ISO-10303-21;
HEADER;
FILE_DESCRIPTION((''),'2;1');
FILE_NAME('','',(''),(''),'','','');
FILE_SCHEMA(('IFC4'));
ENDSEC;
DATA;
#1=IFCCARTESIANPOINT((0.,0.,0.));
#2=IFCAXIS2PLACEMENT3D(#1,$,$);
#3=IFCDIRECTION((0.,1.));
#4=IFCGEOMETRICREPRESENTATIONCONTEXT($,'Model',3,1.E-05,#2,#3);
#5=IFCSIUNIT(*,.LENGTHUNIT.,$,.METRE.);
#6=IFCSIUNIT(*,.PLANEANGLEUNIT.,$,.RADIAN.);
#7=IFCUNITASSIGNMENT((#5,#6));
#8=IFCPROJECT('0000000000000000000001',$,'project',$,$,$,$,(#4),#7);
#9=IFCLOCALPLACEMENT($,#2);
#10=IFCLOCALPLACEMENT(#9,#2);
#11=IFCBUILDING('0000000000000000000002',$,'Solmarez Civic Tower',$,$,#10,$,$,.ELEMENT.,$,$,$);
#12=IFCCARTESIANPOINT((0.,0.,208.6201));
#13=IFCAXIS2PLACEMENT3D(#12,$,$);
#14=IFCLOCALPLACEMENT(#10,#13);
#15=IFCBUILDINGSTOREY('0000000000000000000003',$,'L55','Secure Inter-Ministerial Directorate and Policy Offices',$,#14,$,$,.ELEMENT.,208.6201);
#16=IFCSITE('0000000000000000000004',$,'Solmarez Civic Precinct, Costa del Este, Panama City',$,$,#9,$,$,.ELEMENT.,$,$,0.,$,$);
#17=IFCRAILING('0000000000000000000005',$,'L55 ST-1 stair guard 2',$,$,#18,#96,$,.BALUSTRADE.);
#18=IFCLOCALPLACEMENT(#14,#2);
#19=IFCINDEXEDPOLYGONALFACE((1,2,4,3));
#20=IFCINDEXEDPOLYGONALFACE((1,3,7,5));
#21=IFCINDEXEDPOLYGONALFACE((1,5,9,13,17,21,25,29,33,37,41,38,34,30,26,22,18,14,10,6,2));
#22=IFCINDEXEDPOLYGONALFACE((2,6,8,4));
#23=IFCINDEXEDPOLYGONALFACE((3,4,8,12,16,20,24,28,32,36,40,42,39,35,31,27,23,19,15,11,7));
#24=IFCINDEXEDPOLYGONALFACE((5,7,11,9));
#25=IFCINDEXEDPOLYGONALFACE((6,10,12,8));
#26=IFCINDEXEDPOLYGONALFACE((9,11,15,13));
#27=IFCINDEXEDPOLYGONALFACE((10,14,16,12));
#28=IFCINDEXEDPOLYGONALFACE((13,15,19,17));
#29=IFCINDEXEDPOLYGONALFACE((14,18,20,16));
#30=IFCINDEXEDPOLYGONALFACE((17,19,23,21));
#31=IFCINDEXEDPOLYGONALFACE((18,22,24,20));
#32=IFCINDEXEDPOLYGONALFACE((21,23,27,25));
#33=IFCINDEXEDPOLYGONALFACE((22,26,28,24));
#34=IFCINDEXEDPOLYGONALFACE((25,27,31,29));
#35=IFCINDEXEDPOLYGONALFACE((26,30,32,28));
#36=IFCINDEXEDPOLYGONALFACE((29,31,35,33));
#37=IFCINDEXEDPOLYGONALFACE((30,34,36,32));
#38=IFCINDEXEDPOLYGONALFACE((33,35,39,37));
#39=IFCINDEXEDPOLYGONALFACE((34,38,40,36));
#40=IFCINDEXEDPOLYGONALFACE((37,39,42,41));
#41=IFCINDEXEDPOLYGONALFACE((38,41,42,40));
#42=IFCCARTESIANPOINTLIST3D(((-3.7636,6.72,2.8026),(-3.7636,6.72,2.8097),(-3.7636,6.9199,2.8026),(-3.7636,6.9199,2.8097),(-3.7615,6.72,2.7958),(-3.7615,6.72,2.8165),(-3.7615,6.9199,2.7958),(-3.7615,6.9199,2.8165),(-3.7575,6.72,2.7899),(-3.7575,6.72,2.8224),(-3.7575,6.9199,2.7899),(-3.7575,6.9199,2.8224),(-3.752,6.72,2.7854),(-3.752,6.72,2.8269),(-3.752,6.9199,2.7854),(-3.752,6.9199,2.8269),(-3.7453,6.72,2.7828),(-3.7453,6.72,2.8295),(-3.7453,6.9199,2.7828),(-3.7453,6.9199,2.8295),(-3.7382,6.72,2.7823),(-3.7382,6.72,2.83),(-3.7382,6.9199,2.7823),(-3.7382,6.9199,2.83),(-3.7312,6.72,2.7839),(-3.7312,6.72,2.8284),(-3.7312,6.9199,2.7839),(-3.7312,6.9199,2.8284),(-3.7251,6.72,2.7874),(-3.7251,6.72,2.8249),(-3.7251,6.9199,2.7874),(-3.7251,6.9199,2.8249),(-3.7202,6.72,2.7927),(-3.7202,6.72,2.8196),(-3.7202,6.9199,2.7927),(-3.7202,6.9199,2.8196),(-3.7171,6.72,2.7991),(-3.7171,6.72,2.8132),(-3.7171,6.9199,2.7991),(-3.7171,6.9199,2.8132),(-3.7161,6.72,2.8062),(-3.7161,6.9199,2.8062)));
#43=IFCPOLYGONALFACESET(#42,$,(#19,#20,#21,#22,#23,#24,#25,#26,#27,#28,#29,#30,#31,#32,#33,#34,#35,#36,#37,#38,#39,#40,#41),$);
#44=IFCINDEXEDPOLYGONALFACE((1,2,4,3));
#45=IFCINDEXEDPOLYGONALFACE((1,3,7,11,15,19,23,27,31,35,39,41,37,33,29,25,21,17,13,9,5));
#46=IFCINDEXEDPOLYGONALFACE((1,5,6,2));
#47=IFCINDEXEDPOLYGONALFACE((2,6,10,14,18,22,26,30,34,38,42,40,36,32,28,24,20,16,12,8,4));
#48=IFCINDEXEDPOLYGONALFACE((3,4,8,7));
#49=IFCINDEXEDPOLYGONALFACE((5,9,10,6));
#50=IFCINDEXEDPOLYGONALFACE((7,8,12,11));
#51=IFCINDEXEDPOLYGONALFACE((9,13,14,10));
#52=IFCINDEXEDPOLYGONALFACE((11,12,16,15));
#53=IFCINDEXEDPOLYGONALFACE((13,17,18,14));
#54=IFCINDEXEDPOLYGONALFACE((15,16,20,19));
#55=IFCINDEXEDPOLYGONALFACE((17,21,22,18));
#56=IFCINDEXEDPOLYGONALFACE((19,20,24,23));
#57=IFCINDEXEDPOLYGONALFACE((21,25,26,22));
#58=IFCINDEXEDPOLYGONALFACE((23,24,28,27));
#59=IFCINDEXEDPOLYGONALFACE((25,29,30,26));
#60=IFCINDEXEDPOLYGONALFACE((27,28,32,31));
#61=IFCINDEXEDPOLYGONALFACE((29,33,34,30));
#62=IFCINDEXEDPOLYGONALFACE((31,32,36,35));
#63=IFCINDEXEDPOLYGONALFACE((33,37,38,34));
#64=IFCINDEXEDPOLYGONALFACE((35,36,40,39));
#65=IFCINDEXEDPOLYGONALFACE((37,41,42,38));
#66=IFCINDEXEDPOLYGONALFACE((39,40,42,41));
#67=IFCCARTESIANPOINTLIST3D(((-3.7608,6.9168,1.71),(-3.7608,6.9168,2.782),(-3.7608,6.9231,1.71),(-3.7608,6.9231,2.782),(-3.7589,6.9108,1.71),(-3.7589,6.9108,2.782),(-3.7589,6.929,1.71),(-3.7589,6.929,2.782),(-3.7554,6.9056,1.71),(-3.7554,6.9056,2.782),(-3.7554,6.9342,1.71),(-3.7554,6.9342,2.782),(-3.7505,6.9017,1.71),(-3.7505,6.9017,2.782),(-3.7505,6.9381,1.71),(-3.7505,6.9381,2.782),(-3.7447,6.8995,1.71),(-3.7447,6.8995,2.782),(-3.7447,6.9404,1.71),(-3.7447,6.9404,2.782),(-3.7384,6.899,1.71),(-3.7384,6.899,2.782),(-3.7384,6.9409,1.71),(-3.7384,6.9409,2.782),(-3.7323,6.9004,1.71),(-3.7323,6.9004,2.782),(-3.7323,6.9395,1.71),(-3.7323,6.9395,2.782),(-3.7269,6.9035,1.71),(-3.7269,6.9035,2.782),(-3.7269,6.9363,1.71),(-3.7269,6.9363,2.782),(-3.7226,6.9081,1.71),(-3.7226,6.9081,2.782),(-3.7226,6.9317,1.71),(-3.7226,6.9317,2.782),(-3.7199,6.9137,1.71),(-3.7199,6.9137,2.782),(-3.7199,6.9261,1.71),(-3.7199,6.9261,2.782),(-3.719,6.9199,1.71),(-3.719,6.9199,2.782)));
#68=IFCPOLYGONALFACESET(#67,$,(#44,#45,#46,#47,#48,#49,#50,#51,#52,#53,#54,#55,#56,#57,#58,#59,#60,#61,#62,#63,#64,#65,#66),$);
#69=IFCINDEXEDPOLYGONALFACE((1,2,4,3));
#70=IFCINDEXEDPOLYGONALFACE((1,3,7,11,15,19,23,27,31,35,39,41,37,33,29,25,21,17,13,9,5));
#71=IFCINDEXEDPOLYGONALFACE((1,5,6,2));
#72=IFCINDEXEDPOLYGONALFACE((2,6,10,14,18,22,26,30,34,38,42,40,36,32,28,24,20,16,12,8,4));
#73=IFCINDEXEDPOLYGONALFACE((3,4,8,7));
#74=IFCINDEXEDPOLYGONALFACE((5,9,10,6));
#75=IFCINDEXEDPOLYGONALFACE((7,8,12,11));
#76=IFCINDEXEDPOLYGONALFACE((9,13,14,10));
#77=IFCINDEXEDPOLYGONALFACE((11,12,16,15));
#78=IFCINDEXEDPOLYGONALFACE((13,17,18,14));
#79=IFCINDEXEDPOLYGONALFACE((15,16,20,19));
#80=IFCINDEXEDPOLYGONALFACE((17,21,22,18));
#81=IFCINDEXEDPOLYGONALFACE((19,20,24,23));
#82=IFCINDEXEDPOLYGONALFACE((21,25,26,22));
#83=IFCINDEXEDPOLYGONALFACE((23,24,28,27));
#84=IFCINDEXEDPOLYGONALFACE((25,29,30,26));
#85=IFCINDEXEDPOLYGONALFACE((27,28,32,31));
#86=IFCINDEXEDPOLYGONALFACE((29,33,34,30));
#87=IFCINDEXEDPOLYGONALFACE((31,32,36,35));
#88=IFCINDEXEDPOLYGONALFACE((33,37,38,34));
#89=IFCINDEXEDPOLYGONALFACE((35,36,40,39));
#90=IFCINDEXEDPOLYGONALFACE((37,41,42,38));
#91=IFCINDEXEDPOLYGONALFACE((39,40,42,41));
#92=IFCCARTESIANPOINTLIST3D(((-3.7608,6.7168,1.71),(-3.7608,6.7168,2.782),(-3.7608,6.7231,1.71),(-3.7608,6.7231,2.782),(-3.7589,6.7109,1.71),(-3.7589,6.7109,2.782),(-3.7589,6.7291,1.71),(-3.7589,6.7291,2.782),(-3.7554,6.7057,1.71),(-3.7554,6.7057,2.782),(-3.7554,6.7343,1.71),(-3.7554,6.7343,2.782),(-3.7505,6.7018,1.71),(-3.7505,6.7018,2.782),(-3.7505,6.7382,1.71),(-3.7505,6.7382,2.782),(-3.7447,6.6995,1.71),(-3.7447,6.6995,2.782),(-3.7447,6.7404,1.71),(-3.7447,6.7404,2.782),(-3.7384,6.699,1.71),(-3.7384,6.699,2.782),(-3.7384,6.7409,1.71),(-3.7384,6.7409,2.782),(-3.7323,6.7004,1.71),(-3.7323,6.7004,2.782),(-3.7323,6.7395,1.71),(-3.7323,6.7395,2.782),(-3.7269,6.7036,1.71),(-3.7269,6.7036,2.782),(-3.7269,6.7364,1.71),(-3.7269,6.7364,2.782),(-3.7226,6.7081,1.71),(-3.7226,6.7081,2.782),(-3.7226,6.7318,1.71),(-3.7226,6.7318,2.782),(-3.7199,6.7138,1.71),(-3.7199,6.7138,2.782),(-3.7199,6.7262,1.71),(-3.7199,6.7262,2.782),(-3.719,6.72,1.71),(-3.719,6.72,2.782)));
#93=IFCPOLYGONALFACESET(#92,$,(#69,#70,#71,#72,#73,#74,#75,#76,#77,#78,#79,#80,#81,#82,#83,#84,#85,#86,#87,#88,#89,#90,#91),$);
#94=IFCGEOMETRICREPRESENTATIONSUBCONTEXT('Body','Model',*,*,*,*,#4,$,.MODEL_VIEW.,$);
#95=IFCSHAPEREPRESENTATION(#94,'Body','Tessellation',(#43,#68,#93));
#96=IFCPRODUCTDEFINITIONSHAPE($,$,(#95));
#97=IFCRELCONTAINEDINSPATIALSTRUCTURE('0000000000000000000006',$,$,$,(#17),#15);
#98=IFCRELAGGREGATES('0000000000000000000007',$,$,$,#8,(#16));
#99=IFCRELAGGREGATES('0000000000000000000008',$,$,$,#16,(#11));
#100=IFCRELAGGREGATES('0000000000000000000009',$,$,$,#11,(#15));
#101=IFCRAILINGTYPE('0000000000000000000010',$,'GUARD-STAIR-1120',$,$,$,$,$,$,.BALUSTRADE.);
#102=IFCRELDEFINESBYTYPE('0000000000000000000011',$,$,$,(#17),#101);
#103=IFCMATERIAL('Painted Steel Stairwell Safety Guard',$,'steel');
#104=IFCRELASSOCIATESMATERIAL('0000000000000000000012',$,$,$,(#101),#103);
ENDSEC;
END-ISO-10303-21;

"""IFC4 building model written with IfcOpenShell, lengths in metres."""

from ifc_helpers import new_model, si_unit, direction, frame, origin, origin_2d, place, context, subcontext, project, spatial, circle, extrude, material, type_object, element, save


model = new_model("IFC4")

# Units and contexts
model_context = context("Model", 3, precision=1e-05, world=origin(), true_north=direction((0.0, 1.0)))
body_context = subcontext(model_context, "Body", "Model", "MODEL_VIEW")
ifc_project = project(units=[si_unit("LENGTHUNIT", "METRE"), si_unit("PLANEANGLEUNIT", "RADIAN")], contexts=[model_context])

# Site, building, storey
site_placement = place(None, origin())
site = spatial("IfcSite", under=ifc_project, at=site_placement, Name="Solmarez Civic Precinct, Costa del Este, Panama City", CompositionType="ELEMENT", RefElevation=0.0)
building_placement = place(site_placement, origin())
building = spatial("IfcBuilding", under=site, at=building_placement, Name="Solmarez Civic Tower", CompositionType="ELEMENT")
storey_placement = place(building_placement, frame((0.0, 0.0, 208.6201)))
storey = spatial("IfcBuildingStorey", under=building, at=storey_placement, Name="L55", Description="Secure Inter-Ministerial Directorate and Policy Offices", CompositionType="ELEMENT", Elevation=208.6201)

# Railing
ifc_material_1 = material(Name="Painted Steel Stairwell Safety Guard", Category="steel")
railing_type = type_object("IfcRailingType", Name="GUARD-STAIR-1120", PredefinedType="BALUSTRADE", material=ifc_material_1)
railing_1_placement = place(storey_placement, frame((-3.74, 6.9199, 1.71)))
element("IfcRailing", 1, at=railing_1_placement, inside=storey, type_object=railing_type, Name="L55 ST-1 stair guard 2", PredefinedType="BALUSTRADE", context=body_context, shape_type="SweptSolid", body=[
    extrude(circle(Radius=0.0239, at=origin_2d()), frame((0.0, 0.0, 1.0962), z_axis=(0.0, -1.0, 0.0), x_axis=(1.0, 0.0, 0.0)), (0.0, 0.0, 1.0), 0.2),
    extrude(circle(Radius=0.021, at=origin_2d()), origin(), (0.0, 0.0, 1.0), 1.072),
    extrude(circle(Radius=0.021, at=origin_2d()), frame((0.0, -0.2, 0.0)), (0.0, 0.0, 1.0), 1.072),
])

save(model, "model.ifc")
